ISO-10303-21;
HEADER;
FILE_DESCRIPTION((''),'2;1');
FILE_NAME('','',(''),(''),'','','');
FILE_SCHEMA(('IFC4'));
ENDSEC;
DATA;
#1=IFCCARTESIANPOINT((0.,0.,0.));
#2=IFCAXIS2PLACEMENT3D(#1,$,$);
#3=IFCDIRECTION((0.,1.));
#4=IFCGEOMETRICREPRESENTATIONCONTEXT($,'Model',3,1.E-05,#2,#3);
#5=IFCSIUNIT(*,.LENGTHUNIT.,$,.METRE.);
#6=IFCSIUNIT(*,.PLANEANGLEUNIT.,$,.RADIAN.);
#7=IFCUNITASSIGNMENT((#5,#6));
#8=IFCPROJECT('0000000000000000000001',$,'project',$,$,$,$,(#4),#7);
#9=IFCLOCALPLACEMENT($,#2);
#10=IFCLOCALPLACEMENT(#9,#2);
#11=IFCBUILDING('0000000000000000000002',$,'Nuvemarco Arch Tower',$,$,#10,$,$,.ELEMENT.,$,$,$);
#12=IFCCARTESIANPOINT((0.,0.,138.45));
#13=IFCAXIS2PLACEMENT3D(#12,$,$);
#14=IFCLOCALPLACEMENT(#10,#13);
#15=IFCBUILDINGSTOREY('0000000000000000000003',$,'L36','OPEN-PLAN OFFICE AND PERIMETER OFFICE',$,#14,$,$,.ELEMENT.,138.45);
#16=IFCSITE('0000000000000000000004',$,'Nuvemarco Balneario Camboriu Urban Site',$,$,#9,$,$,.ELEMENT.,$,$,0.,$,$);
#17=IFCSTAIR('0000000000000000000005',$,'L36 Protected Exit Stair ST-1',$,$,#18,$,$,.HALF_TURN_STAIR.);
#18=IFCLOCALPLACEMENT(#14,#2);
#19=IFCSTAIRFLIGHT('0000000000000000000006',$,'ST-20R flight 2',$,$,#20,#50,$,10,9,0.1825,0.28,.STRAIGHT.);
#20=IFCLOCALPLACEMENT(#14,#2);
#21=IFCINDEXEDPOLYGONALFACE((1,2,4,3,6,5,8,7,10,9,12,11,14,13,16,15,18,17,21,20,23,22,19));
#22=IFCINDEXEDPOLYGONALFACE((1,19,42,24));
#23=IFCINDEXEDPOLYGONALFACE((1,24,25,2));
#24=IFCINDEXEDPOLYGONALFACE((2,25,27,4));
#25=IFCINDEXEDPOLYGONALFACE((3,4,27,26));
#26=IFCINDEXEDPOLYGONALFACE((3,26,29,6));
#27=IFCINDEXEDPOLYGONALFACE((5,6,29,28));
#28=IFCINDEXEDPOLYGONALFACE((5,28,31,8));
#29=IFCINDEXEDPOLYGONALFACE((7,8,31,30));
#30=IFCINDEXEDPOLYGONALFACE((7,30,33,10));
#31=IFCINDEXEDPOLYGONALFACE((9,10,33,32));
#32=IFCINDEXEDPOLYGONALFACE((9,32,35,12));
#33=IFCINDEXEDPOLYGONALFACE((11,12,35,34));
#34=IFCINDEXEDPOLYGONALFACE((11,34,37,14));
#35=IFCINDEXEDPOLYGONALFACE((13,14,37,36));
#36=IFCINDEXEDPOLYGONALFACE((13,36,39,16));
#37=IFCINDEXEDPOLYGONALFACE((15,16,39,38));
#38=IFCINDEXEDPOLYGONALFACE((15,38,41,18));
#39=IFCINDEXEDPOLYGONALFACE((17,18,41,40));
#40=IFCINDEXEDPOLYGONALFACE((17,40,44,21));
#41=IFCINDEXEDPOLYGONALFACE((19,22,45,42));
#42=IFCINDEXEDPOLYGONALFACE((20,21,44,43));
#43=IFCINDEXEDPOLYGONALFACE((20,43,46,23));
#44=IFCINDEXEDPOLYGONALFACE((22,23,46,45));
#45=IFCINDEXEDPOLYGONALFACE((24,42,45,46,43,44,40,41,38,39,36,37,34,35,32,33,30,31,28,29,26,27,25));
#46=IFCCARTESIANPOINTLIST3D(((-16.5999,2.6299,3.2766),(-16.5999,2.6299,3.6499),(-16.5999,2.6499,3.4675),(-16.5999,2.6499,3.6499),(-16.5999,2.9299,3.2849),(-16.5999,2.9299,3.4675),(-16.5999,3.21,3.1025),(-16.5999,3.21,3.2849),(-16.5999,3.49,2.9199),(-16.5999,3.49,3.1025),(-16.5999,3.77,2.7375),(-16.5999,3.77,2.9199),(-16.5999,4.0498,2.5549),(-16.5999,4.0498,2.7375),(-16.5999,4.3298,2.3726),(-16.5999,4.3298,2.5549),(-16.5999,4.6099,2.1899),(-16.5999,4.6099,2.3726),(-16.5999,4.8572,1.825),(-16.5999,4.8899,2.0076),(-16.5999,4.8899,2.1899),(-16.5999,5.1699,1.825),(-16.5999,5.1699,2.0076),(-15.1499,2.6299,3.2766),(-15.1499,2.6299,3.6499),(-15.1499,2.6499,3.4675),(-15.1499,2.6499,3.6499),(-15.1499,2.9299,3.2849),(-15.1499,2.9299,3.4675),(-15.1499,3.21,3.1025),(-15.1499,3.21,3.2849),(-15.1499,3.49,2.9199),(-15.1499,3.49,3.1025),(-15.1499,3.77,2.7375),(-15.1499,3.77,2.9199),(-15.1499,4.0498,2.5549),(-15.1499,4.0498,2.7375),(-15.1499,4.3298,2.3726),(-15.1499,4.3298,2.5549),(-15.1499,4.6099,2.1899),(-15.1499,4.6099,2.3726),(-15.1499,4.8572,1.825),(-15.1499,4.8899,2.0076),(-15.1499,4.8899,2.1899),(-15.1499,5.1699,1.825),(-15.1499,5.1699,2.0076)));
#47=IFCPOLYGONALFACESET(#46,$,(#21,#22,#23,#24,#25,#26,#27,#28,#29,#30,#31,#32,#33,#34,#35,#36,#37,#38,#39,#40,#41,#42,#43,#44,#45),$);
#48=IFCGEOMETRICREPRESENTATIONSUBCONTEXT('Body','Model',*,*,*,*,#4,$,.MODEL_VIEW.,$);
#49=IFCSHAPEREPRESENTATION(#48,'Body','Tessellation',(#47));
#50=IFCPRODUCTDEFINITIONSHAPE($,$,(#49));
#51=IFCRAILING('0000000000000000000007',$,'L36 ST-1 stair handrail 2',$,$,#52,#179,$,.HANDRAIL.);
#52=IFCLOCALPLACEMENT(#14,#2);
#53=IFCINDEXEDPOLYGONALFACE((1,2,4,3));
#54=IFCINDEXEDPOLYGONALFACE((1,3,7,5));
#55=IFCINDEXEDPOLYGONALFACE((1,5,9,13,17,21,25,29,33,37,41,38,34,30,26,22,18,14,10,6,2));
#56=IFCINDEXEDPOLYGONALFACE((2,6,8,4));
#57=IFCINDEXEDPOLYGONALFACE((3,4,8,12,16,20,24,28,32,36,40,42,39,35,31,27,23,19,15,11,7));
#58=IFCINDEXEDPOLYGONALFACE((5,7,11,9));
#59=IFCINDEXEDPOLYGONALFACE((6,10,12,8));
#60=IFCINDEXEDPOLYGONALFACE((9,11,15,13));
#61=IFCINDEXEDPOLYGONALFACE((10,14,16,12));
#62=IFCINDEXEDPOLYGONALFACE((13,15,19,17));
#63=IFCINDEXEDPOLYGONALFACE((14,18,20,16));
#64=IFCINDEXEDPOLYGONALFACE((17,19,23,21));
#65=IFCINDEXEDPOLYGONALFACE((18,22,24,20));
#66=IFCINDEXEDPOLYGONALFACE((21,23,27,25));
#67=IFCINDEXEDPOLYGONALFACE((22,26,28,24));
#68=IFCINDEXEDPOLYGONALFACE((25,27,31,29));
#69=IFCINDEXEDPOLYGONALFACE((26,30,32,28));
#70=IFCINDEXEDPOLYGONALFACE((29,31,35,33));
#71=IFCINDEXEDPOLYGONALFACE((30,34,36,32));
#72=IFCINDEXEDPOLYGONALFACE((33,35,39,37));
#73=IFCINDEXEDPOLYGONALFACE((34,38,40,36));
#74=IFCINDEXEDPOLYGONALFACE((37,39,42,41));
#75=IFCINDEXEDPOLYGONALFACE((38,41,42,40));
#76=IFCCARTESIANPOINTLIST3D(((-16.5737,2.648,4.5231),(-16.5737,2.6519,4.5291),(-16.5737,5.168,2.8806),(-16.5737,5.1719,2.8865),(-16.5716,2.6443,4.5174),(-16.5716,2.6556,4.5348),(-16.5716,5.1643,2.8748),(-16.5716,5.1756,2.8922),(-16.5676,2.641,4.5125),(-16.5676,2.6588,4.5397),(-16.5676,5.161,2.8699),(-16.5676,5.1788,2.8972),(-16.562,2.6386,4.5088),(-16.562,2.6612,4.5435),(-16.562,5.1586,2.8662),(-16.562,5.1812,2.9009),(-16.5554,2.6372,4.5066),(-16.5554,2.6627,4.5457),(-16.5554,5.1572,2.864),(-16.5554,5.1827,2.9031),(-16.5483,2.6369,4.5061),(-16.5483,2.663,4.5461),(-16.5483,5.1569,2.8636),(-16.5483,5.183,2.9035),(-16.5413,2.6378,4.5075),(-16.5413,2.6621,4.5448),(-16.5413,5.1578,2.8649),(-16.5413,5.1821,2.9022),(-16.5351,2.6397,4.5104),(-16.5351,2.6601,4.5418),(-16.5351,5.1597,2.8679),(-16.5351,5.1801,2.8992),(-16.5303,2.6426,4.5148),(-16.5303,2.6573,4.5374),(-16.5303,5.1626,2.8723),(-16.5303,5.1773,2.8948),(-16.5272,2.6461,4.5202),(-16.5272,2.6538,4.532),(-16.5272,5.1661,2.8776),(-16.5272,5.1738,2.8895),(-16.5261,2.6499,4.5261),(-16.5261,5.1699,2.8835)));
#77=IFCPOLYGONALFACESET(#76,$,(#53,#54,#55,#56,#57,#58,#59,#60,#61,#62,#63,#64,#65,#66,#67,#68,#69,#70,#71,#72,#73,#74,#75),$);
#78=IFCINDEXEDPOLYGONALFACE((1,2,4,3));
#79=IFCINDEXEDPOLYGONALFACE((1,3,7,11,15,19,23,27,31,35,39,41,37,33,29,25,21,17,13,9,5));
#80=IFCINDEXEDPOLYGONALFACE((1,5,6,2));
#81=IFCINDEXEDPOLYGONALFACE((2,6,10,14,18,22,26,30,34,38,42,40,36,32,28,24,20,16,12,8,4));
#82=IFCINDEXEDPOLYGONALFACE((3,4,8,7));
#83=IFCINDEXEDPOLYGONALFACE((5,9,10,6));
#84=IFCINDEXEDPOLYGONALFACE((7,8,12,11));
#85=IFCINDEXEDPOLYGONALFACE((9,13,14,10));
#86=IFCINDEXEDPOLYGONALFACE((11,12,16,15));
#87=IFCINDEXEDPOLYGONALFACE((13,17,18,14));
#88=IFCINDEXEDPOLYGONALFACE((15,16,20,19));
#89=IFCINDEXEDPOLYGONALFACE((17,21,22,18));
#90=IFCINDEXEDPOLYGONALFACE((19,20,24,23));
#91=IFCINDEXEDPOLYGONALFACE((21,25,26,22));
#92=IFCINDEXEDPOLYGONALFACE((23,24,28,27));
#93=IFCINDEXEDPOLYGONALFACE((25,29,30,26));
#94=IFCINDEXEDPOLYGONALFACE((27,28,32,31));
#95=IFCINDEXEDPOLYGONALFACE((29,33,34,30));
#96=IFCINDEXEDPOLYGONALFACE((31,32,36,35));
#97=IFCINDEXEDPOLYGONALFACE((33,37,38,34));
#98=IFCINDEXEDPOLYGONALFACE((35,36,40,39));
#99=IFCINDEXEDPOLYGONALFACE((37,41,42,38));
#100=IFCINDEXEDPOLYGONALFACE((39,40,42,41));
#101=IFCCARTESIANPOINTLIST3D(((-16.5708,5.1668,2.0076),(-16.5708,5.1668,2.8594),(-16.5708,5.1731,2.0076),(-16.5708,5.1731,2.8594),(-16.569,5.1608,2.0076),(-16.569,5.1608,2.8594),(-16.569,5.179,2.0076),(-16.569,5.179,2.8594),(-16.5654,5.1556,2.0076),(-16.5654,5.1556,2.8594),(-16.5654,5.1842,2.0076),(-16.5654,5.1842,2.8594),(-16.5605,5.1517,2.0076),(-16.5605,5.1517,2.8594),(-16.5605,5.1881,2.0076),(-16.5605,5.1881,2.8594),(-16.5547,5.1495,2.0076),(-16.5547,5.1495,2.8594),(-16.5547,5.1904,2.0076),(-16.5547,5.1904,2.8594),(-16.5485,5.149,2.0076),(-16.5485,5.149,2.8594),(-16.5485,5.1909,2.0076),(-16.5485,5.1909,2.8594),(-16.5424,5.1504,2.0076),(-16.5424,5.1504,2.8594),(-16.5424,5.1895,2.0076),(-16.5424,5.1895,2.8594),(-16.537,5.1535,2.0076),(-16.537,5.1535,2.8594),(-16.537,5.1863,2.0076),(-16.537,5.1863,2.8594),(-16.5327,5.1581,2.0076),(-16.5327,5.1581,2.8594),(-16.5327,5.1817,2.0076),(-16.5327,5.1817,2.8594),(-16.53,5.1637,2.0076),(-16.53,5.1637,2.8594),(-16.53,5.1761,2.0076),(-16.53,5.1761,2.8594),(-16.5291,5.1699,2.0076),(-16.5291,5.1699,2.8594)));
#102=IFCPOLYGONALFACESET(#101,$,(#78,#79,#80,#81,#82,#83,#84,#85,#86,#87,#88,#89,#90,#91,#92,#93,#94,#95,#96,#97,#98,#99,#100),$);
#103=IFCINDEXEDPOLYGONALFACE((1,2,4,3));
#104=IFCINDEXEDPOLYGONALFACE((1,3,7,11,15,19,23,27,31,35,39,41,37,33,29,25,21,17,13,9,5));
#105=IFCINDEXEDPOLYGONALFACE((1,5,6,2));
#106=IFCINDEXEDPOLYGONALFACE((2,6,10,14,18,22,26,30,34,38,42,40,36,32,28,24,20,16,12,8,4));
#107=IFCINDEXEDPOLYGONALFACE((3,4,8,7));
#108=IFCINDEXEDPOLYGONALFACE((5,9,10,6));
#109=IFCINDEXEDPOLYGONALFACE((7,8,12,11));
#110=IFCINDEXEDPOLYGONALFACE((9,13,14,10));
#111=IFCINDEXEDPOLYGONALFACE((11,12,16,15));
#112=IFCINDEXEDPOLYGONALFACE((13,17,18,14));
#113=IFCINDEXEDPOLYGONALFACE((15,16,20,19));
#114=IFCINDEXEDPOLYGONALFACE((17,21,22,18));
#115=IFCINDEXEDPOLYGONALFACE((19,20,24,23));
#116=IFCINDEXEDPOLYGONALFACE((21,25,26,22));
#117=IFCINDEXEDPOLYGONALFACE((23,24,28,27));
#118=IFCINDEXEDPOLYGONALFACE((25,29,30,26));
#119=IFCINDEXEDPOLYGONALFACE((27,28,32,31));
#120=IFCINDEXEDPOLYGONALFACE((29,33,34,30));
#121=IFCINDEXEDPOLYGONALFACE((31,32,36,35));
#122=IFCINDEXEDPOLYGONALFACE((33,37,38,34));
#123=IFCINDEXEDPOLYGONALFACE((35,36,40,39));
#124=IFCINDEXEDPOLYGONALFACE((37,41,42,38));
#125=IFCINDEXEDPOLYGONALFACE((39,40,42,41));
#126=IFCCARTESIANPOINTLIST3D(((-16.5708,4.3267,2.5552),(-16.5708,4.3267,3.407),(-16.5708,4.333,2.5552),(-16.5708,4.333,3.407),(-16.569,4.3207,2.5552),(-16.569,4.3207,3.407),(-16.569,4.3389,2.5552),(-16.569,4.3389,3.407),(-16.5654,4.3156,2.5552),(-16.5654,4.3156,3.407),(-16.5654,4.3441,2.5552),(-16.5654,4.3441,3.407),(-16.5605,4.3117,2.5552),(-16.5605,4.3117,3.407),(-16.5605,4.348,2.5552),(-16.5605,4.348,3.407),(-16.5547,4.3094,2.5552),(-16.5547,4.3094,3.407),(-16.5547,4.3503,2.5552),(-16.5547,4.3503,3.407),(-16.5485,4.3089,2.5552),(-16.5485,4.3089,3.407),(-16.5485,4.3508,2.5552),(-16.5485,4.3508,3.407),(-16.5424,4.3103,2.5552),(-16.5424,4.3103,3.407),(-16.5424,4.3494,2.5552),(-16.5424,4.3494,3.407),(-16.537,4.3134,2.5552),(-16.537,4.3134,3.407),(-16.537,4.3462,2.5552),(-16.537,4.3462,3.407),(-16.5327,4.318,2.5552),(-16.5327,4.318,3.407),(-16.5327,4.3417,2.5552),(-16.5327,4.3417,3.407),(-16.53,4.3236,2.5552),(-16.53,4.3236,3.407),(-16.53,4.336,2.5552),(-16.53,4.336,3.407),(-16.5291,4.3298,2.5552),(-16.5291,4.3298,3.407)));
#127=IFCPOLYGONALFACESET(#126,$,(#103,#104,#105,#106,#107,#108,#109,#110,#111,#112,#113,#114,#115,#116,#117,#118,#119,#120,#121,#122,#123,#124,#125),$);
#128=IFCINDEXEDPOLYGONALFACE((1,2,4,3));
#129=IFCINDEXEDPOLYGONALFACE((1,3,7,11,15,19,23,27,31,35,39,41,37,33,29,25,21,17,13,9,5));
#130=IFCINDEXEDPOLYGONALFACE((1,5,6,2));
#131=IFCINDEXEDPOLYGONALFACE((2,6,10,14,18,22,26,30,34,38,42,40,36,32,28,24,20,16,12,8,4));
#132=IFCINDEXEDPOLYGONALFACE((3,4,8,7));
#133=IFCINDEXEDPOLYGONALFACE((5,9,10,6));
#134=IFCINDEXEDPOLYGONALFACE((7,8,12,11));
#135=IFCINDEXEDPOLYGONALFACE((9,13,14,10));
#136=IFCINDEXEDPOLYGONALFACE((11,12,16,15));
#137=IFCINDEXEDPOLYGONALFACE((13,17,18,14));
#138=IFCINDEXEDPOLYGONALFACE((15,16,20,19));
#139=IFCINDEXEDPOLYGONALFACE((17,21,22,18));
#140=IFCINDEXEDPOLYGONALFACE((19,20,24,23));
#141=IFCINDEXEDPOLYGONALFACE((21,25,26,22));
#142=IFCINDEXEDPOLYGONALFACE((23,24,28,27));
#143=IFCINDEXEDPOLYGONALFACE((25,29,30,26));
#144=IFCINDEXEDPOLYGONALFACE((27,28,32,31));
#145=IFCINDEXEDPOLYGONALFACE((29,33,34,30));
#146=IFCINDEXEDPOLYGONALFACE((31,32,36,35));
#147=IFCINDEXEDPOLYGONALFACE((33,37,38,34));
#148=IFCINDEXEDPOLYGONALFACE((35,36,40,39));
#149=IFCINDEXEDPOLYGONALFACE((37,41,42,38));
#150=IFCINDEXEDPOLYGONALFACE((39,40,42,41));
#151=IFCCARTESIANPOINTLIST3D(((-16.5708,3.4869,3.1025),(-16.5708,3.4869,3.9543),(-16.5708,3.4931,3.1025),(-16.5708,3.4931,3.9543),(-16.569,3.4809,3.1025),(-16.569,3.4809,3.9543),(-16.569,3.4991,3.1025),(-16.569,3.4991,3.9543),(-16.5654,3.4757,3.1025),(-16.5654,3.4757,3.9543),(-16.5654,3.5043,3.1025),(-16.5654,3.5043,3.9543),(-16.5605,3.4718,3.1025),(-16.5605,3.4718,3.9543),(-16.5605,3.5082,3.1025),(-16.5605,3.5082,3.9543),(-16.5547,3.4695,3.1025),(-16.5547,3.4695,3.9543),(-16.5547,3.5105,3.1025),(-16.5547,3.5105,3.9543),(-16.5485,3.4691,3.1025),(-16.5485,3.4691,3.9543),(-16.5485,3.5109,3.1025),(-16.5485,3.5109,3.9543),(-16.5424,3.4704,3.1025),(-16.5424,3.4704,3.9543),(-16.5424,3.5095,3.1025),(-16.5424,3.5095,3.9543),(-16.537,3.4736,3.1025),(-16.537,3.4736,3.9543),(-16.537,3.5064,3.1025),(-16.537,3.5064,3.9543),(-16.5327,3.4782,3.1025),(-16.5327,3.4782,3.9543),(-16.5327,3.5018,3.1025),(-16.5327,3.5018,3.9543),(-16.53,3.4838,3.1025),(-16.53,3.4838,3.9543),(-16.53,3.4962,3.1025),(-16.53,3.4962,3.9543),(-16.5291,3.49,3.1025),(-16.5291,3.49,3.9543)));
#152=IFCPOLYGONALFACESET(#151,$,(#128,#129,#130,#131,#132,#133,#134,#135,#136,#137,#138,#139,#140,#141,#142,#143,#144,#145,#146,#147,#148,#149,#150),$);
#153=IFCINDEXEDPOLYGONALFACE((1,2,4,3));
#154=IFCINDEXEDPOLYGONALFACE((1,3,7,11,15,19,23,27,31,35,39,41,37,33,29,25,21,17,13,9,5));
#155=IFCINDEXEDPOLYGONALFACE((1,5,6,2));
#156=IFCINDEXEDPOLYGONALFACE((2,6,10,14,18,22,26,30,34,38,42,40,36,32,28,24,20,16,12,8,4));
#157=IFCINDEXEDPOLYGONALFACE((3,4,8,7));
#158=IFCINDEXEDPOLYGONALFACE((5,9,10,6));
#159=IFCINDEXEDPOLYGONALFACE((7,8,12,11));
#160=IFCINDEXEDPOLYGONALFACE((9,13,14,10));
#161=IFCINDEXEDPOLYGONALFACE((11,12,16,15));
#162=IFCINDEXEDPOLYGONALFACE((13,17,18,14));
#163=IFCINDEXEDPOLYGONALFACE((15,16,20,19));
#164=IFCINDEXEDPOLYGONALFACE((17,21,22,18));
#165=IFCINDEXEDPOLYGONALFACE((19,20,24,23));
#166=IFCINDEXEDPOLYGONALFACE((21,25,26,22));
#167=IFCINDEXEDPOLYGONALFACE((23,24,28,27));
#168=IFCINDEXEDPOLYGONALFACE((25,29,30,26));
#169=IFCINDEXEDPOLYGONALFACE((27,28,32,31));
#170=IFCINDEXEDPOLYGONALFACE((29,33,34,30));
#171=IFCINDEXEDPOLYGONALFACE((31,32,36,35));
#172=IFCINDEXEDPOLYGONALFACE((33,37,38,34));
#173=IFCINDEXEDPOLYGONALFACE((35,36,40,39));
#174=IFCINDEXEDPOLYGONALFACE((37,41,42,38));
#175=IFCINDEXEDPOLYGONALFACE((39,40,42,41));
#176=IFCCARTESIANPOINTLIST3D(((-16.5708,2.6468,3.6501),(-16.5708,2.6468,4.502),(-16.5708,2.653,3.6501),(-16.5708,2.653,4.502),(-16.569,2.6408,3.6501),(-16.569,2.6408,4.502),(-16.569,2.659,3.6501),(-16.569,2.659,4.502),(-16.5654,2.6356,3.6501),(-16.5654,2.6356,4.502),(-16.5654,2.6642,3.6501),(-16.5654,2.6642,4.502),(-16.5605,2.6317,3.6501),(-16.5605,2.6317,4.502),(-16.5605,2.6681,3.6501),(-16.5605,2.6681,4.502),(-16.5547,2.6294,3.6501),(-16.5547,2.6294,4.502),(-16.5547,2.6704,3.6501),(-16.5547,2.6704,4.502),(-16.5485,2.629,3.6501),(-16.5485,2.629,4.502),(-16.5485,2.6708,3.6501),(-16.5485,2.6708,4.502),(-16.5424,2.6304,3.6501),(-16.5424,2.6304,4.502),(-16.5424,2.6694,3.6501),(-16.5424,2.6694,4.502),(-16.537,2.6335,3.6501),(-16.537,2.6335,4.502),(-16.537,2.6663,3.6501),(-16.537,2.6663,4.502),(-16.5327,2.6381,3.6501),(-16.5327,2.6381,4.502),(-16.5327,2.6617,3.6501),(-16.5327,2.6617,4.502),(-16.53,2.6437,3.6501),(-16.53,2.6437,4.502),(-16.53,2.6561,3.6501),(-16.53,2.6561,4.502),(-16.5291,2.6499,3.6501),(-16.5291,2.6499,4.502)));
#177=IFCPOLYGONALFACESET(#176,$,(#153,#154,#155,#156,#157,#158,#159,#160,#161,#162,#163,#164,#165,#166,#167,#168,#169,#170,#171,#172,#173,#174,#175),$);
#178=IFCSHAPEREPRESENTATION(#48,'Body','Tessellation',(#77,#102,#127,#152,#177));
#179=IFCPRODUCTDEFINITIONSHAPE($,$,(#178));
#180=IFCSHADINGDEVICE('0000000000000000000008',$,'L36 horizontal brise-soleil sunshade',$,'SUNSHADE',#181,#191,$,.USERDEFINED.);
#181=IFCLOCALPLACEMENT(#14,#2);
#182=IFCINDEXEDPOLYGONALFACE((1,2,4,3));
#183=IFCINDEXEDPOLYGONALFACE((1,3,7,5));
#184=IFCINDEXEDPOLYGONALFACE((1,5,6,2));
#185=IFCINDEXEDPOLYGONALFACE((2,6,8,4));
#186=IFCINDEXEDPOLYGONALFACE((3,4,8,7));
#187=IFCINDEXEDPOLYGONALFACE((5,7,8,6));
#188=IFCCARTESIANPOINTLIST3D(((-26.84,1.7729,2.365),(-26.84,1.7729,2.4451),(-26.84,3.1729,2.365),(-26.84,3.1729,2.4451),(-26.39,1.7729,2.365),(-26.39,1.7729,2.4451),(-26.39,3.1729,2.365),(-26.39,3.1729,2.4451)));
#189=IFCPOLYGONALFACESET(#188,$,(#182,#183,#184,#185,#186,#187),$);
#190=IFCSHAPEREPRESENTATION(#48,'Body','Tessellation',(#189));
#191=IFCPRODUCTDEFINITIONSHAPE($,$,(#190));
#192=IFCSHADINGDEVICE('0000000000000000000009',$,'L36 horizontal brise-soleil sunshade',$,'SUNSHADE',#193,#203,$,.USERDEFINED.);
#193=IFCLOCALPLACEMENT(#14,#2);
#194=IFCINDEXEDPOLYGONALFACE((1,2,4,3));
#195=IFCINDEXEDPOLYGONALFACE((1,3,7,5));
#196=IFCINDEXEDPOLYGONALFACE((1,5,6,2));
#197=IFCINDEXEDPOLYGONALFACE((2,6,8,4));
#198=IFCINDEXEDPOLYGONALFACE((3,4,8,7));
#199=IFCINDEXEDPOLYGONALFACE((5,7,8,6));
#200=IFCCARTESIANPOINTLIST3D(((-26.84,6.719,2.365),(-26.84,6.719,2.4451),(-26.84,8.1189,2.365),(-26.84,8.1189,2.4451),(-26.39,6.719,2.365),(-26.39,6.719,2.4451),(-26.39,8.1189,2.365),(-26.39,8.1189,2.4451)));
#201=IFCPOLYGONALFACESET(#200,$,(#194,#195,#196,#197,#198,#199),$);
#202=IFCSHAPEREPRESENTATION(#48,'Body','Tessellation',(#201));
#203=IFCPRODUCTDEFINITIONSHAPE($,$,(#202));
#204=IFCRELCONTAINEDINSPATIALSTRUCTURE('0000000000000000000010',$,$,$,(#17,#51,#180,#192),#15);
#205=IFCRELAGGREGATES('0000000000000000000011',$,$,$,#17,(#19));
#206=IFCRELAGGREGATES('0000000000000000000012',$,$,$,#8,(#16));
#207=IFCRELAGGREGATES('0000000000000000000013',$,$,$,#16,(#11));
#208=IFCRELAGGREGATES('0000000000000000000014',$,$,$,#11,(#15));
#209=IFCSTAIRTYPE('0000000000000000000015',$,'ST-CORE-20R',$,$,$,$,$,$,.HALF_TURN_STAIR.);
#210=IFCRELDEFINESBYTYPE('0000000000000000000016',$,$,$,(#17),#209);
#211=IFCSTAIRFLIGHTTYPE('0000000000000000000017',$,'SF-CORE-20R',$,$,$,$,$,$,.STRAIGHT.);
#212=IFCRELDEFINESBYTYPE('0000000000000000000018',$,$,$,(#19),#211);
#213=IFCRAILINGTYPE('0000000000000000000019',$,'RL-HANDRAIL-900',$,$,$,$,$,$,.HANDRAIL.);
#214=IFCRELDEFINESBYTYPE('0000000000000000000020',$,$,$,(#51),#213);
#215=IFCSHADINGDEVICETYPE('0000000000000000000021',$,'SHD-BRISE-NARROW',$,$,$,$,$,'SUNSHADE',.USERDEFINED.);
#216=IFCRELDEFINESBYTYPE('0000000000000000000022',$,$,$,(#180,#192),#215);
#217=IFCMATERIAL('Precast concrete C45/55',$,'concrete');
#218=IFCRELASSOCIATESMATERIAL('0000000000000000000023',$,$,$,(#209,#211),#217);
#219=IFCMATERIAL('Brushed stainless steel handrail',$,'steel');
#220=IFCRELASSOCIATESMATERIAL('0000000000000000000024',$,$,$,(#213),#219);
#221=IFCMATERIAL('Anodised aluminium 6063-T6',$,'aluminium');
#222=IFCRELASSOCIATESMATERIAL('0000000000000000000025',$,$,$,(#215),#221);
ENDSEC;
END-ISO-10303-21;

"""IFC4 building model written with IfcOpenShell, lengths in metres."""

from ifc_helpers import new_model, si_unit, direction, frame, origin, origin_2d, place, context, subcontext, project, spatial, polyline, rectangle, circle, outline, extrude, source, transform, mapped, material, type_object, type_shapes, element, aggregate, save


model = new_model("IFC4")

# Units and contexts
model_context = context("Model", 3, precision=1e-05, world=origin(), true_north=direction((0.0, 1.0)))
body_context = subcontext(model_context, "Body", "Model", "MODEL_VIEW")
ifc_project = project(units=[si_unit("LENGTHUNIT", "METRE"), si_unit("PLANEANGLEUNIT", "RADIAN")], contexts=[model_context])

# Site, building, storey
site_placement = place(None, origin())
site = spatial("IfcSite", under=ifc_project, at=site_placement, Name="Nuvemarco Balneario Camboriu Urban Site", CompositionType="ELEMENT", RefElevation=0.0)
building_placement = place(site_placement, origin())
building = spatial("IfcBuilding", under=site, at=building_placement, Name="Nuvemarco Arch Tower", CompositionType="ELEMENT")
storey_placement = place(building_placement, frame((0.0, 0.0, 138.45)))
storey = spatial("IfcBuildingStorey", under=building, at=storey_placement, Name="L36", Description="OPEN-PLAN OFFICE AND PERIMETER OFFICE", CompositionType="ELEMENT", Elevation=138.45)

# Shared definitions
ifc_material_1 = material(Name="Precast concrete C45/55", Category="concrete")

# Stair, stair flight
stair_type = type_object("IfcStairType", Name="ST-CORE-20R", PredefinedType="HALF_TURN_STAIR", material=ifc_material_1)
stair_placement = place(storey_placement, origin())
stair = element("IfcStair", 1, at=stair_placement, inside=storey, type_object=stair_type, Name="L36 Protected Exit Stair ST-1", PredefinedType="HALF_TURN_STAIR")
stair_flight_type = type_object("IfcStairFlightType", Name="SF-CORE-20R", PredefinedType="STRAIGHT", material=ifc_material_1)
stair_flight_placement = place(storey_placement, frame((-15.875, 5.1699, 1.825), z_axis=(0.0, 0.0, 1.0), x_axis=(0.0, -1.0, 0.0)))
stair_flight = element("IfcStairFlight", 2, at=stair_flight_placement, type_object=stair_flight_type, Name="ST-20R flight 2", NumberOfRisers=10, NumberOfTreads=9, PredefinedType="STRAIGHT", RiserHeight=0.1825, TreadLength=0.28, context=body_context, shape_type="SweptSolid", body=[
    extrude(outline(polyline([(0.0, 0.0), (0.0, 0.1826), (0.28, 0.1826), (0.28, 0.365), (0.5601, 0.365), (0.5601, 0.5476), (0.8401, 0.5476), (0.8401, 0.73), (1.1201, 0.73), (1.1201, 0.9126), (1.3999, 0.9126), (1.3999, 1.095), (1.6799, 1.095), (1.6799, 1.2776), (1.96, 1.2776), (1.96, 1.46), (2.24, 1.46), (2.24, 1.6426), (2.52, 1.6426), (2.52, 1.825), (2.54, 1.825), (2.54, 1.4517), (0.3127, 0.0), (0.0, 0.0)])), frame((0.0, 0.7251, 0.0), z_axis=(0.0, -1.0, 0.0), x_axis=(1.0, 0.0, 0.0)), (0.0, 0.0, 1.0), 1.45),
])
aggregate(stair, [stair_flight])

# Railing
ifc_material_2 = material(Name="Brushed stainless steel handrail", Category="steel")
railing_type = type_object("IfcRailingType", Name="RL-HANDRAIL-900", PredefinedType="HANDRAIL", material=ifc_material_2)
railing_placement = place(storey_placement, frame((-16.55, 5.1699, 2.0076)))
element("IfcRailing", 3, at=railing_placement, inside=storey, type_object=railing_type, Name="L36 ST-1 stair handrail 2", PredefinedType="HANDRAIL", context=body_context, shape_type="SweptSolid", body=[
    extrude(circle(Radius=0.0239, at=origin_2d()), frame((0.0, 0.0, 0.876), z_axis=(0.0, -0.837749, 0.546055), x_axis=(1.0, 0.0, 0.0)), (0.0, 0.0, 1.0), 3.0081),
    extrude(circle(Radius=0.021, at=origin_2d()), origin(), (0.0, 0.0, 1.0), 0.8518),
    extrude(circle(Radius=0.021, at=origin_2d()), frame((0.0, -0.8401, 0.5476)), (0.0, 0.0, 1.0), 0.8518),
    extrude(circle(Radius=0.021, at=origin_2d()), frame((0.0, -1.6799, 1.095)), (0.0, 0.0, 1.0), 0.8518),
    extrude(circle(Radius=0.021, at=origin_2d()), frame((0.0, -2.52, 1.6426)), (0.0, 0.0, 1.0), 0.8518),
])

# Shading devices
ifc_material_3 = material(Name="Anodised aluminium 6063-T6", Category="aluminium")
shading_device_type = type_object("IfcShadingDeviceType", Name="SHD-BRISE-NARROW", ElementType="SUNSHADE", PredefinedType="USERDEFINED", material=ifc_material_3)
shared_shape = source(origin(), body_context, "Body", "SweptSolid", [
    extrude(rectangle(XDim=1.3999, YDim=0.45, at=origin_2d()), origin(), (0.0, 0.0, 1.0), 0.0801),
])
type_shapes(shading_device_type, [shared_shape])
for number, where, z_axis, x_axis, name in (
    (4, (-26.615, 2.4729, 2.365), (0.0, 0.0, 1.0), (0.0, 1.0, 0.0), "L36 horizontal brise-soleil sunshade"),
    (5, (-26.615, 7.4189, 2.365), (0.0, 0.0, 1.0), (0.0, 1.0, 0.0), "L36 horizontal brise-soleil sunshade"),
):
    element("IfcShadingDevice", number, at=place(storey_placement, frame(where, z_axis=z_axis, x_axis=x_axis)), inside=storey, type_object=shading_device_type, Name=name, ObjectType="SUNSHADE", PredefinedType="USERDEFINED", context=body_context, shape_type="MappedRepresentation", body=[
        mapped(shared_shape, transform((0.0, 0.0, 0.0), scale=1.0)),
    ])

save(model, "model.ifc")
